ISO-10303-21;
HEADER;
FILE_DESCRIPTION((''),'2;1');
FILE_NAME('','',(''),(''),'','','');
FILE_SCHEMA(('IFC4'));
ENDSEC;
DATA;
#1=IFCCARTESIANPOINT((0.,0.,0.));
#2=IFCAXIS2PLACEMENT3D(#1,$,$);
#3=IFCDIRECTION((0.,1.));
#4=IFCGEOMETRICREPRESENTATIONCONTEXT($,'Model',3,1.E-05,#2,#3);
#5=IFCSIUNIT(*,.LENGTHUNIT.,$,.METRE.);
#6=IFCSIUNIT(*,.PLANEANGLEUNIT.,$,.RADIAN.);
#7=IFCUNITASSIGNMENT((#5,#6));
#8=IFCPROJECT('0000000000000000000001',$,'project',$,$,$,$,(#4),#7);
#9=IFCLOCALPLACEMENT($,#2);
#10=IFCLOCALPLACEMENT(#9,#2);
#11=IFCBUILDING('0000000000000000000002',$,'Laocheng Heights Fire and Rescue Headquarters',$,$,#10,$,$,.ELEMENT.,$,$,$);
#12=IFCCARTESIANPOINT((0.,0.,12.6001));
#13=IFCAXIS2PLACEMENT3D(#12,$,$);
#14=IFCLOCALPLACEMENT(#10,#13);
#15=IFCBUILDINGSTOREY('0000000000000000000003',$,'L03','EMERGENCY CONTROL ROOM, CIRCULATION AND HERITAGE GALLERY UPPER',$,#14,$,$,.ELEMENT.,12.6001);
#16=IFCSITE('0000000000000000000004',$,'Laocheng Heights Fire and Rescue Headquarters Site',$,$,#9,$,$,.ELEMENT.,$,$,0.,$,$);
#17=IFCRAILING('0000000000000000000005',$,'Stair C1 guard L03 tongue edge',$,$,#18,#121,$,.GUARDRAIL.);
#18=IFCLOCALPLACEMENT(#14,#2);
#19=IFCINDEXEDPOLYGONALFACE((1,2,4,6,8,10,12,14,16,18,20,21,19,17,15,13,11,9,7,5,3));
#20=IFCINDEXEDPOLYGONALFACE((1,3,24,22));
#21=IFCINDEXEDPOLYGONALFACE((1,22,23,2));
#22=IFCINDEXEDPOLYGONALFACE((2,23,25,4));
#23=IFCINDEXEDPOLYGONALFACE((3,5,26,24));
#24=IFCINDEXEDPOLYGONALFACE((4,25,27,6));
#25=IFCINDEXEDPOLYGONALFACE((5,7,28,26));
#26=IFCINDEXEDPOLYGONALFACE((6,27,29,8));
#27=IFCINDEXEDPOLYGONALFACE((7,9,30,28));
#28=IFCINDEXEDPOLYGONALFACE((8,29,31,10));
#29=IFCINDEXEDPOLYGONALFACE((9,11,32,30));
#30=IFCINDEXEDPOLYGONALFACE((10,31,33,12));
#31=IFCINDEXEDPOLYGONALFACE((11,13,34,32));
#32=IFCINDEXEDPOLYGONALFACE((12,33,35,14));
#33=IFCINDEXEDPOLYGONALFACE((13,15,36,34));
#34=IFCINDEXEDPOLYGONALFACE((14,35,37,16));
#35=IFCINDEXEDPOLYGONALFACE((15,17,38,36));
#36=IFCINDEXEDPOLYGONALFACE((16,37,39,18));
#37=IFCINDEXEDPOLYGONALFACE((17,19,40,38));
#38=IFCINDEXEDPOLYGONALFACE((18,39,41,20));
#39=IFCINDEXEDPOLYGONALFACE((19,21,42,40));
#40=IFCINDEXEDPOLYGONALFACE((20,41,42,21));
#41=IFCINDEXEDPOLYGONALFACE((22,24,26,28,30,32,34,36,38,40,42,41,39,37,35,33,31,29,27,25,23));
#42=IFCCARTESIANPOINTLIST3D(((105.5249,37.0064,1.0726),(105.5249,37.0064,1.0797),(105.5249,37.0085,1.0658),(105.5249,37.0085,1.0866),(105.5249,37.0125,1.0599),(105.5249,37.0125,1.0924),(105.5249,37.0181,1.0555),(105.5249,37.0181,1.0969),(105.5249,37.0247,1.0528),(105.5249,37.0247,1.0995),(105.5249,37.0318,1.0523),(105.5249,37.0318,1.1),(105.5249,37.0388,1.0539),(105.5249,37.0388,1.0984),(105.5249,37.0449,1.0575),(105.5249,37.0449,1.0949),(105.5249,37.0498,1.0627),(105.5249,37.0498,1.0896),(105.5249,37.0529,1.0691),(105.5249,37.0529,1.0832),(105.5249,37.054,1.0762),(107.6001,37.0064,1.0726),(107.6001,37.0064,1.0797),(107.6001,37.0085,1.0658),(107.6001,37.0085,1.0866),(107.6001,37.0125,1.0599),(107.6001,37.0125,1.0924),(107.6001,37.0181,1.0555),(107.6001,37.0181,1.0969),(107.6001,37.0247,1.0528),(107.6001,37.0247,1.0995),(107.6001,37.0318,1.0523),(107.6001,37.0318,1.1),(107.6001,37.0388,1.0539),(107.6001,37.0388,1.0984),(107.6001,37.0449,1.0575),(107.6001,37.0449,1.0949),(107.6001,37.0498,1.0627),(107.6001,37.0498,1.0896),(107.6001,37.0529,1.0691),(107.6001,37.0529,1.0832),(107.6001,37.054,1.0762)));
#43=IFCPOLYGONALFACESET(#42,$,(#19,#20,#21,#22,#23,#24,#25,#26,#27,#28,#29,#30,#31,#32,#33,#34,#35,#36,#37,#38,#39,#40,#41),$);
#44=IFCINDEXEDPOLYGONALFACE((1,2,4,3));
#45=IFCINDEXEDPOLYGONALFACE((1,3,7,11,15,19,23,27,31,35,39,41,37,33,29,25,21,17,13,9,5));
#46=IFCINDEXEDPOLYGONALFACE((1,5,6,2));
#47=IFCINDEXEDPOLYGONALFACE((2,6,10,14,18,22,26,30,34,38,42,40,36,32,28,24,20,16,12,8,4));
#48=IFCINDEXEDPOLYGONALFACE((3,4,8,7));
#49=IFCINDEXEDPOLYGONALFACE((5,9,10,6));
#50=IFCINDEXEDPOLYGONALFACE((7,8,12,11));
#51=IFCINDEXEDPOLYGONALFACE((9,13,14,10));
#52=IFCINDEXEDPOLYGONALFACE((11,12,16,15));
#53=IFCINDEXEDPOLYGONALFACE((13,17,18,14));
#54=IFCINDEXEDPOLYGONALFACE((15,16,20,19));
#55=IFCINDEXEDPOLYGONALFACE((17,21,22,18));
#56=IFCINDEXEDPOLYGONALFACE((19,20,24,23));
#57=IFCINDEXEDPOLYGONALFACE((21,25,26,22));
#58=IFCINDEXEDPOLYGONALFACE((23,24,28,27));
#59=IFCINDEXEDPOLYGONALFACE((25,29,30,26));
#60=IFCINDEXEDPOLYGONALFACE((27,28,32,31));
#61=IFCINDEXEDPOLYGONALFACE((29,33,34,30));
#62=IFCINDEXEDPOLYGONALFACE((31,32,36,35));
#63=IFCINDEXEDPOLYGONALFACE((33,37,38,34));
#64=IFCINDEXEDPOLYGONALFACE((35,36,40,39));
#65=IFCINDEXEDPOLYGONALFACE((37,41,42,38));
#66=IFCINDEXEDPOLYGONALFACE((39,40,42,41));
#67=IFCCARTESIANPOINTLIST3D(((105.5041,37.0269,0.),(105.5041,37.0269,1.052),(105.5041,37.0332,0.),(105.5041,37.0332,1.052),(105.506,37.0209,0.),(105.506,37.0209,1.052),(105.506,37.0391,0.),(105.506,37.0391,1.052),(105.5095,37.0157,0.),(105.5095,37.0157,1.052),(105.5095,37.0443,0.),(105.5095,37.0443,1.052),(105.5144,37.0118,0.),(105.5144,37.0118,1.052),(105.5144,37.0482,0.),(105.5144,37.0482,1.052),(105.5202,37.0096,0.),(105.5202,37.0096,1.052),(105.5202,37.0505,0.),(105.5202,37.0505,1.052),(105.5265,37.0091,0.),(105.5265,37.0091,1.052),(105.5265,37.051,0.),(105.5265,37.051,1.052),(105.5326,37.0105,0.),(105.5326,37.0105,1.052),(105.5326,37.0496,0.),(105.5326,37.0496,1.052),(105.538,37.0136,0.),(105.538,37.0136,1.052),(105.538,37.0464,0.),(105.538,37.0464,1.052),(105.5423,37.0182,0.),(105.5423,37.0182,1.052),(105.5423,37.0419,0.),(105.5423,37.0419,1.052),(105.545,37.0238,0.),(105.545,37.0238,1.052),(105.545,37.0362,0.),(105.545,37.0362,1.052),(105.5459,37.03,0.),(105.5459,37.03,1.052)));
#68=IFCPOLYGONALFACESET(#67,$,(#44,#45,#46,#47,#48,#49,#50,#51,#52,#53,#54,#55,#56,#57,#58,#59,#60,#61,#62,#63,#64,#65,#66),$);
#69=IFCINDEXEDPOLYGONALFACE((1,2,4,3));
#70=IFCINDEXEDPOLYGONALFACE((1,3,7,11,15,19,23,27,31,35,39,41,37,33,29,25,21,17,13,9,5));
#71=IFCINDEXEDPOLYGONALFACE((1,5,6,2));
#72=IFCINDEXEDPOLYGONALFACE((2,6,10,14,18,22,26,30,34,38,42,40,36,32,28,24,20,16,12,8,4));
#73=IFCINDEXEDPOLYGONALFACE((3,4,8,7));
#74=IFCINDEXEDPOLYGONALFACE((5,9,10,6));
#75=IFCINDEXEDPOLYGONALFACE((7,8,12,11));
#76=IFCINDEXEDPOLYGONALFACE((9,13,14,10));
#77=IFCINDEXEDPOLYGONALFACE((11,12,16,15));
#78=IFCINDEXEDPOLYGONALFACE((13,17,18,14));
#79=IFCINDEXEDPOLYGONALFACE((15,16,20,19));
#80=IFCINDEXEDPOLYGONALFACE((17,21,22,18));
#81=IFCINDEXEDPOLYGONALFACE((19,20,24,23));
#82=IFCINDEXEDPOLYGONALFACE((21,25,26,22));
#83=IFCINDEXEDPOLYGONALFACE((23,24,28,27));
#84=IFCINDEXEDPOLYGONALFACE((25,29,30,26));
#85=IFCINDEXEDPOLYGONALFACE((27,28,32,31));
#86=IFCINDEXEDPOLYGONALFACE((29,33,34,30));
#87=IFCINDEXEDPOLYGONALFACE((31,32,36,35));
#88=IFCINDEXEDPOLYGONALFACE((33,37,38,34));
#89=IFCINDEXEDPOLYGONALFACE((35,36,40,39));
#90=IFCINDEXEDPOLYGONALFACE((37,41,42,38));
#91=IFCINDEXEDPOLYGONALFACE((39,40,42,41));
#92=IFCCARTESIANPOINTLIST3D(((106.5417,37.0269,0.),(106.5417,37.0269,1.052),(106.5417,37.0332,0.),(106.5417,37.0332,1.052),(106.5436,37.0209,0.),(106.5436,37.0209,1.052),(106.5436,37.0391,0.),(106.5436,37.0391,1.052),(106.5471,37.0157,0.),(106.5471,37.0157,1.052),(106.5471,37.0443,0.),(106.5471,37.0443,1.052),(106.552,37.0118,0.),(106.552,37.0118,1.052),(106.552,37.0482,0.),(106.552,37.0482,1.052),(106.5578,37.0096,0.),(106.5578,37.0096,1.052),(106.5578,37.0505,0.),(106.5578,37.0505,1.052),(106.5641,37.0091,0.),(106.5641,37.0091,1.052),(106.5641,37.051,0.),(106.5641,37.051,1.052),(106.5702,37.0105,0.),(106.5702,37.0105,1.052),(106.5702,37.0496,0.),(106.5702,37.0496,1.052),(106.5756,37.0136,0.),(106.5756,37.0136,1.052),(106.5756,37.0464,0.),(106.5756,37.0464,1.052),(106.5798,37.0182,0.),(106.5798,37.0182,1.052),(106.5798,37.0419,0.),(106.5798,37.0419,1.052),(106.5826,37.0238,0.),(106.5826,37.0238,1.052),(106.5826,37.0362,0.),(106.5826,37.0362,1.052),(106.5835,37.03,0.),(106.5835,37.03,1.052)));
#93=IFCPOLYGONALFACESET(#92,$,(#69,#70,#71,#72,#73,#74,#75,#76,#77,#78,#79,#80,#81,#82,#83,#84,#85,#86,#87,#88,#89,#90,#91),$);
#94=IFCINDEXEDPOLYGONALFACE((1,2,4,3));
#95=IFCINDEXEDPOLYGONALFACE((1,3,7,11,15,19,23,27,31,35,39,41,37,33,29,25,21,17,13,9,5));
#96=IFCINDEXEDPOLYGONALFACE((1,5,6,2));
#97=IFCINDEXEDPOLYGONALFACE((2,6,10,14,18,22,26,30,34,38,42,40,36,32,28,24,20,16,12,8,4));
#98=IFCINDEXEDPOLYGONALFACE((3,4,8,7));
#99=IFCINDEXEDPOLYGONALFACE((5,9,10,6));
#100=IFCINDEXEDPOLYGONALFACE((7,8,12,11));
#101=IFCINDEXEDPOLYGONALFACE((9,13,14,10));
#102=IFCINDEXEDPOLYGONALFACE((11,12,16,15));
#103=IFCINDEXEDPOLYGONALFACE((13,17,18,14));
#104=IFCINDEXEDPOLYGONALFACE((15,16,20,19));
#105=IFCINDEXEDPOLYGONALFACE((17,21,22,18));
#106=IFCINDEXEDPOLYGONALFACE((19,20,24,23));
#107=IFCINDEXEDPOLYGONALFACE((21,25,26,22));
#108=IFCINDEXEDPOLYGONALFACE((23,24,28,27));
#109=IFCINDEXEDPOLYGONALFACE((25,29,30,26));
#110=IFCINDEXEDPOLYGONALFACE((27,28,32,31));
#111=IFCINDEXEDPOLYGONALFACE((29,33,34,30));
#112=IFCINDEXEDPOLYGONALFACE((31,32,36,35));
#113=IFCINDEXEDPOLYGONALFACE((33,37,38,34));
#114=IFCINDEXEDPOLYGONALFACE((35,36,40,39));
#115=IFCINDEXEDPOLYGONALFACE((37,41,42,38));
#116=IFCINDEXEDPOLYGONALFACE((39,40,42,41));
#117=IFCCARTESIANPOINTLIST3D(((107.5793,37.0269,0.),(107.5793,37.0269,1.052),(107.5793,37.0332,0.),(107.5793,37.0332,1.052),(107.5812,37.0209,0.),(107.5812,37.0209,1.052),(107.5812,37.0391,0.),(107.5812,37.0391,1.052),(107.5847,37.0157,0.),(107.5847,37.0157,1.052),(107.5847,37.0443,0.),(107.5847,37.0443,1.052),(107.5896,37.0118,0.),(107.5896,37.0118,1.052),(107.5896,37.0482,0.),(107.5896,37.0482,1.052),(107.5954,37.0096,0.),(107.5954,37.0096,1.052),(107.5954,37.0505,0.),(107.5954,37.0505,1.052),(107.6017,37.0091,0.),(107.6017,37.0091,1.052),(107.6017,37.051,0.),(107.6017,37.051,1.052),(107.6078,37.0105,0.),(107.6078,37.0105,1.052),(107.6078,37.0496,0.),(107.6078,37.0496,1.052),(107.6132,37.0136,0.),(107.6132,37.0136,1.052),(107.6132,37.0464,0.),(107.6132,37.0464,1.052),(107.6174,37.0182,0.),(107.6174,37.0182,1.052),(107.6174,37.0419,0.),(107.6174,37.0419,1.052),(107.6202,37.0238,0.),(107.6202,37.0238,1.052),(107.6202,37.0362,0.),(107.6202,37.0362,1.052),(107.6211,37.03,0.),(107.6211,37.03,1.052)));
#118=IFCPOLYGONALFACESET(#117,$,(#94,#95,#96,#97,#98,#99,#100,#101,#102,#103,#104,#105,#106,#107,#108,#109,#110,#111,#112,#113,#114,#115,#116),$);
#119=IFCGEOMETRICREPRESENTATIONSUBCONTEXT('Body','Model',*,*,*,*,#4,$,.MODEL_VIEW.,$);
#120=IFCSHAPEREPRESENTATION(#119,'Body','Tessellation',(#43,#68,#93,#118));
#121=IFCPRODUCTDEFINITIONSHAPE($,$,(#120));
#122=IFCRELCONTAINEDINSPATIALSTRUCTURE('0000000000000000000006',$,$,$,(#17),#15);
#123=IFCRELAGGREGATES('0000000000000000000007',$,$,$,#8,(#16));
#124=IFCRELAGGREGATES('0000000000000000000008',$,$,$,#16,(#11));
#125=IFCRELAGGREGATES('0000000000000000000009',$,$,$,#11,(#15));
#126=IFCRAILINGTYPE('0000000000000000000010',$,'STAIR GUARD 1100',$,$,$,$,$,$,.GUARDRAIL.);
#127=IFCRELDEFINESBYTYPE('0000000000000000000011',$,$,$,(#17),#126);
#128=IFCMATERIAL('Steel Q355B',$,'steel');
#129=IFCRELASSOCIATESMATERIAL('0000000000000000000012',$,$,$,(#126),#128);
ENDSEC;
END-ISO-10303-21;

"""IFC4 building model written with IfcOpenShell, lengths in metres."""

from ifc_helpers import new_model, si_unit, direction, frame, origin, origin_2d, place, context, subcontext, project, spatial, circle, extrude, material, type_object, element, save


model = new_model("IFC4")

# Units and contexts
model_context = context("Model", 3, precision=1e-05, world=origin(), true_north=direction((0.0, 1.0)))
body_context = subcontext(model_context, "Body", "Model", "MODEL_VIEW")
ifc_project = project(units=[si_unit("LENGTHUNIT", "METRE"), si_unit("PLANEANGLEUNIT", "RADIAN")], contexts=[model_context])

# Site, building, storey
site_placement = place(None, origin())
site = spatial("IfcSite", under=ifc_project, at=site_placement, Name="Laocheng Heights Fire and Rescue Headquarters Site", CompositionType="ELEMENT", RefElevation=0.0)
building_placement = place(site_placement, origin())
building = spatial("IfcBuilding", under=site, at=building_placement, Name="Laocheng Heights Fire and Rescue Headquarters", CompositionType="ELEMENT")
storey_placement = place(building_placement, frame((0.0, 0.0, 12.6001)))
storey = spatial("IfcBuildingStorey", under=building, at=storey_placement, Name="L03", Description="EMERGENCY CONTROL ROOM, CIRCULATION AND HERITAGE GALLERY UPPER", CompositionType="ELEMENT", Elevation=12.6001)

# Railing
ifc_material_1 = material(Name="Steel Q355B", Category="steel")
railing_type_1 = type_object("IfcRailingType", Name="STAIR GUARD 1100", PredefinedType="GUARDRAIL", material=ifc_material_1)
railing_1_placement = place(storey_placement, frame((105.5249, 37.03, 0.0)))
element("IfcRailing", 1, at=railing_1_placement, inside=storey, type_object=railing_type_1, Name="Stair C1 guard L03 tongue edge", PredefinedType="GUARDRAIL", context=body_context, shape_type="SweptSolid", body=[
    extrude(circle(Radius=0.0239, at=origin_2d()), frame((0.0, 0.0, 1.0762), z_axis=(1.0, 0.0, 0.0), x_axis=(0.0, 1.0, 0.0)), (0.0, 0.0, 1.0), 2.0752),
    extrude(circle(Radius=0.021, at=origin_2d()), origin(), (0.0, 0.0, 1.0), 1.052),
    extrude(circle(Radius=0.021, at=origin_2d()), frame((1.0376, 0.0, 0.0)), (0.0, 0.0, 1.0), 1.052),
    extrude(circle(Radius=0.021, at=origin_2d()), frame((2.0752, 0.0, 0.0)), (0.0, 0.0, 1.0), 1.052),
])

save(model, "model.ifc")
